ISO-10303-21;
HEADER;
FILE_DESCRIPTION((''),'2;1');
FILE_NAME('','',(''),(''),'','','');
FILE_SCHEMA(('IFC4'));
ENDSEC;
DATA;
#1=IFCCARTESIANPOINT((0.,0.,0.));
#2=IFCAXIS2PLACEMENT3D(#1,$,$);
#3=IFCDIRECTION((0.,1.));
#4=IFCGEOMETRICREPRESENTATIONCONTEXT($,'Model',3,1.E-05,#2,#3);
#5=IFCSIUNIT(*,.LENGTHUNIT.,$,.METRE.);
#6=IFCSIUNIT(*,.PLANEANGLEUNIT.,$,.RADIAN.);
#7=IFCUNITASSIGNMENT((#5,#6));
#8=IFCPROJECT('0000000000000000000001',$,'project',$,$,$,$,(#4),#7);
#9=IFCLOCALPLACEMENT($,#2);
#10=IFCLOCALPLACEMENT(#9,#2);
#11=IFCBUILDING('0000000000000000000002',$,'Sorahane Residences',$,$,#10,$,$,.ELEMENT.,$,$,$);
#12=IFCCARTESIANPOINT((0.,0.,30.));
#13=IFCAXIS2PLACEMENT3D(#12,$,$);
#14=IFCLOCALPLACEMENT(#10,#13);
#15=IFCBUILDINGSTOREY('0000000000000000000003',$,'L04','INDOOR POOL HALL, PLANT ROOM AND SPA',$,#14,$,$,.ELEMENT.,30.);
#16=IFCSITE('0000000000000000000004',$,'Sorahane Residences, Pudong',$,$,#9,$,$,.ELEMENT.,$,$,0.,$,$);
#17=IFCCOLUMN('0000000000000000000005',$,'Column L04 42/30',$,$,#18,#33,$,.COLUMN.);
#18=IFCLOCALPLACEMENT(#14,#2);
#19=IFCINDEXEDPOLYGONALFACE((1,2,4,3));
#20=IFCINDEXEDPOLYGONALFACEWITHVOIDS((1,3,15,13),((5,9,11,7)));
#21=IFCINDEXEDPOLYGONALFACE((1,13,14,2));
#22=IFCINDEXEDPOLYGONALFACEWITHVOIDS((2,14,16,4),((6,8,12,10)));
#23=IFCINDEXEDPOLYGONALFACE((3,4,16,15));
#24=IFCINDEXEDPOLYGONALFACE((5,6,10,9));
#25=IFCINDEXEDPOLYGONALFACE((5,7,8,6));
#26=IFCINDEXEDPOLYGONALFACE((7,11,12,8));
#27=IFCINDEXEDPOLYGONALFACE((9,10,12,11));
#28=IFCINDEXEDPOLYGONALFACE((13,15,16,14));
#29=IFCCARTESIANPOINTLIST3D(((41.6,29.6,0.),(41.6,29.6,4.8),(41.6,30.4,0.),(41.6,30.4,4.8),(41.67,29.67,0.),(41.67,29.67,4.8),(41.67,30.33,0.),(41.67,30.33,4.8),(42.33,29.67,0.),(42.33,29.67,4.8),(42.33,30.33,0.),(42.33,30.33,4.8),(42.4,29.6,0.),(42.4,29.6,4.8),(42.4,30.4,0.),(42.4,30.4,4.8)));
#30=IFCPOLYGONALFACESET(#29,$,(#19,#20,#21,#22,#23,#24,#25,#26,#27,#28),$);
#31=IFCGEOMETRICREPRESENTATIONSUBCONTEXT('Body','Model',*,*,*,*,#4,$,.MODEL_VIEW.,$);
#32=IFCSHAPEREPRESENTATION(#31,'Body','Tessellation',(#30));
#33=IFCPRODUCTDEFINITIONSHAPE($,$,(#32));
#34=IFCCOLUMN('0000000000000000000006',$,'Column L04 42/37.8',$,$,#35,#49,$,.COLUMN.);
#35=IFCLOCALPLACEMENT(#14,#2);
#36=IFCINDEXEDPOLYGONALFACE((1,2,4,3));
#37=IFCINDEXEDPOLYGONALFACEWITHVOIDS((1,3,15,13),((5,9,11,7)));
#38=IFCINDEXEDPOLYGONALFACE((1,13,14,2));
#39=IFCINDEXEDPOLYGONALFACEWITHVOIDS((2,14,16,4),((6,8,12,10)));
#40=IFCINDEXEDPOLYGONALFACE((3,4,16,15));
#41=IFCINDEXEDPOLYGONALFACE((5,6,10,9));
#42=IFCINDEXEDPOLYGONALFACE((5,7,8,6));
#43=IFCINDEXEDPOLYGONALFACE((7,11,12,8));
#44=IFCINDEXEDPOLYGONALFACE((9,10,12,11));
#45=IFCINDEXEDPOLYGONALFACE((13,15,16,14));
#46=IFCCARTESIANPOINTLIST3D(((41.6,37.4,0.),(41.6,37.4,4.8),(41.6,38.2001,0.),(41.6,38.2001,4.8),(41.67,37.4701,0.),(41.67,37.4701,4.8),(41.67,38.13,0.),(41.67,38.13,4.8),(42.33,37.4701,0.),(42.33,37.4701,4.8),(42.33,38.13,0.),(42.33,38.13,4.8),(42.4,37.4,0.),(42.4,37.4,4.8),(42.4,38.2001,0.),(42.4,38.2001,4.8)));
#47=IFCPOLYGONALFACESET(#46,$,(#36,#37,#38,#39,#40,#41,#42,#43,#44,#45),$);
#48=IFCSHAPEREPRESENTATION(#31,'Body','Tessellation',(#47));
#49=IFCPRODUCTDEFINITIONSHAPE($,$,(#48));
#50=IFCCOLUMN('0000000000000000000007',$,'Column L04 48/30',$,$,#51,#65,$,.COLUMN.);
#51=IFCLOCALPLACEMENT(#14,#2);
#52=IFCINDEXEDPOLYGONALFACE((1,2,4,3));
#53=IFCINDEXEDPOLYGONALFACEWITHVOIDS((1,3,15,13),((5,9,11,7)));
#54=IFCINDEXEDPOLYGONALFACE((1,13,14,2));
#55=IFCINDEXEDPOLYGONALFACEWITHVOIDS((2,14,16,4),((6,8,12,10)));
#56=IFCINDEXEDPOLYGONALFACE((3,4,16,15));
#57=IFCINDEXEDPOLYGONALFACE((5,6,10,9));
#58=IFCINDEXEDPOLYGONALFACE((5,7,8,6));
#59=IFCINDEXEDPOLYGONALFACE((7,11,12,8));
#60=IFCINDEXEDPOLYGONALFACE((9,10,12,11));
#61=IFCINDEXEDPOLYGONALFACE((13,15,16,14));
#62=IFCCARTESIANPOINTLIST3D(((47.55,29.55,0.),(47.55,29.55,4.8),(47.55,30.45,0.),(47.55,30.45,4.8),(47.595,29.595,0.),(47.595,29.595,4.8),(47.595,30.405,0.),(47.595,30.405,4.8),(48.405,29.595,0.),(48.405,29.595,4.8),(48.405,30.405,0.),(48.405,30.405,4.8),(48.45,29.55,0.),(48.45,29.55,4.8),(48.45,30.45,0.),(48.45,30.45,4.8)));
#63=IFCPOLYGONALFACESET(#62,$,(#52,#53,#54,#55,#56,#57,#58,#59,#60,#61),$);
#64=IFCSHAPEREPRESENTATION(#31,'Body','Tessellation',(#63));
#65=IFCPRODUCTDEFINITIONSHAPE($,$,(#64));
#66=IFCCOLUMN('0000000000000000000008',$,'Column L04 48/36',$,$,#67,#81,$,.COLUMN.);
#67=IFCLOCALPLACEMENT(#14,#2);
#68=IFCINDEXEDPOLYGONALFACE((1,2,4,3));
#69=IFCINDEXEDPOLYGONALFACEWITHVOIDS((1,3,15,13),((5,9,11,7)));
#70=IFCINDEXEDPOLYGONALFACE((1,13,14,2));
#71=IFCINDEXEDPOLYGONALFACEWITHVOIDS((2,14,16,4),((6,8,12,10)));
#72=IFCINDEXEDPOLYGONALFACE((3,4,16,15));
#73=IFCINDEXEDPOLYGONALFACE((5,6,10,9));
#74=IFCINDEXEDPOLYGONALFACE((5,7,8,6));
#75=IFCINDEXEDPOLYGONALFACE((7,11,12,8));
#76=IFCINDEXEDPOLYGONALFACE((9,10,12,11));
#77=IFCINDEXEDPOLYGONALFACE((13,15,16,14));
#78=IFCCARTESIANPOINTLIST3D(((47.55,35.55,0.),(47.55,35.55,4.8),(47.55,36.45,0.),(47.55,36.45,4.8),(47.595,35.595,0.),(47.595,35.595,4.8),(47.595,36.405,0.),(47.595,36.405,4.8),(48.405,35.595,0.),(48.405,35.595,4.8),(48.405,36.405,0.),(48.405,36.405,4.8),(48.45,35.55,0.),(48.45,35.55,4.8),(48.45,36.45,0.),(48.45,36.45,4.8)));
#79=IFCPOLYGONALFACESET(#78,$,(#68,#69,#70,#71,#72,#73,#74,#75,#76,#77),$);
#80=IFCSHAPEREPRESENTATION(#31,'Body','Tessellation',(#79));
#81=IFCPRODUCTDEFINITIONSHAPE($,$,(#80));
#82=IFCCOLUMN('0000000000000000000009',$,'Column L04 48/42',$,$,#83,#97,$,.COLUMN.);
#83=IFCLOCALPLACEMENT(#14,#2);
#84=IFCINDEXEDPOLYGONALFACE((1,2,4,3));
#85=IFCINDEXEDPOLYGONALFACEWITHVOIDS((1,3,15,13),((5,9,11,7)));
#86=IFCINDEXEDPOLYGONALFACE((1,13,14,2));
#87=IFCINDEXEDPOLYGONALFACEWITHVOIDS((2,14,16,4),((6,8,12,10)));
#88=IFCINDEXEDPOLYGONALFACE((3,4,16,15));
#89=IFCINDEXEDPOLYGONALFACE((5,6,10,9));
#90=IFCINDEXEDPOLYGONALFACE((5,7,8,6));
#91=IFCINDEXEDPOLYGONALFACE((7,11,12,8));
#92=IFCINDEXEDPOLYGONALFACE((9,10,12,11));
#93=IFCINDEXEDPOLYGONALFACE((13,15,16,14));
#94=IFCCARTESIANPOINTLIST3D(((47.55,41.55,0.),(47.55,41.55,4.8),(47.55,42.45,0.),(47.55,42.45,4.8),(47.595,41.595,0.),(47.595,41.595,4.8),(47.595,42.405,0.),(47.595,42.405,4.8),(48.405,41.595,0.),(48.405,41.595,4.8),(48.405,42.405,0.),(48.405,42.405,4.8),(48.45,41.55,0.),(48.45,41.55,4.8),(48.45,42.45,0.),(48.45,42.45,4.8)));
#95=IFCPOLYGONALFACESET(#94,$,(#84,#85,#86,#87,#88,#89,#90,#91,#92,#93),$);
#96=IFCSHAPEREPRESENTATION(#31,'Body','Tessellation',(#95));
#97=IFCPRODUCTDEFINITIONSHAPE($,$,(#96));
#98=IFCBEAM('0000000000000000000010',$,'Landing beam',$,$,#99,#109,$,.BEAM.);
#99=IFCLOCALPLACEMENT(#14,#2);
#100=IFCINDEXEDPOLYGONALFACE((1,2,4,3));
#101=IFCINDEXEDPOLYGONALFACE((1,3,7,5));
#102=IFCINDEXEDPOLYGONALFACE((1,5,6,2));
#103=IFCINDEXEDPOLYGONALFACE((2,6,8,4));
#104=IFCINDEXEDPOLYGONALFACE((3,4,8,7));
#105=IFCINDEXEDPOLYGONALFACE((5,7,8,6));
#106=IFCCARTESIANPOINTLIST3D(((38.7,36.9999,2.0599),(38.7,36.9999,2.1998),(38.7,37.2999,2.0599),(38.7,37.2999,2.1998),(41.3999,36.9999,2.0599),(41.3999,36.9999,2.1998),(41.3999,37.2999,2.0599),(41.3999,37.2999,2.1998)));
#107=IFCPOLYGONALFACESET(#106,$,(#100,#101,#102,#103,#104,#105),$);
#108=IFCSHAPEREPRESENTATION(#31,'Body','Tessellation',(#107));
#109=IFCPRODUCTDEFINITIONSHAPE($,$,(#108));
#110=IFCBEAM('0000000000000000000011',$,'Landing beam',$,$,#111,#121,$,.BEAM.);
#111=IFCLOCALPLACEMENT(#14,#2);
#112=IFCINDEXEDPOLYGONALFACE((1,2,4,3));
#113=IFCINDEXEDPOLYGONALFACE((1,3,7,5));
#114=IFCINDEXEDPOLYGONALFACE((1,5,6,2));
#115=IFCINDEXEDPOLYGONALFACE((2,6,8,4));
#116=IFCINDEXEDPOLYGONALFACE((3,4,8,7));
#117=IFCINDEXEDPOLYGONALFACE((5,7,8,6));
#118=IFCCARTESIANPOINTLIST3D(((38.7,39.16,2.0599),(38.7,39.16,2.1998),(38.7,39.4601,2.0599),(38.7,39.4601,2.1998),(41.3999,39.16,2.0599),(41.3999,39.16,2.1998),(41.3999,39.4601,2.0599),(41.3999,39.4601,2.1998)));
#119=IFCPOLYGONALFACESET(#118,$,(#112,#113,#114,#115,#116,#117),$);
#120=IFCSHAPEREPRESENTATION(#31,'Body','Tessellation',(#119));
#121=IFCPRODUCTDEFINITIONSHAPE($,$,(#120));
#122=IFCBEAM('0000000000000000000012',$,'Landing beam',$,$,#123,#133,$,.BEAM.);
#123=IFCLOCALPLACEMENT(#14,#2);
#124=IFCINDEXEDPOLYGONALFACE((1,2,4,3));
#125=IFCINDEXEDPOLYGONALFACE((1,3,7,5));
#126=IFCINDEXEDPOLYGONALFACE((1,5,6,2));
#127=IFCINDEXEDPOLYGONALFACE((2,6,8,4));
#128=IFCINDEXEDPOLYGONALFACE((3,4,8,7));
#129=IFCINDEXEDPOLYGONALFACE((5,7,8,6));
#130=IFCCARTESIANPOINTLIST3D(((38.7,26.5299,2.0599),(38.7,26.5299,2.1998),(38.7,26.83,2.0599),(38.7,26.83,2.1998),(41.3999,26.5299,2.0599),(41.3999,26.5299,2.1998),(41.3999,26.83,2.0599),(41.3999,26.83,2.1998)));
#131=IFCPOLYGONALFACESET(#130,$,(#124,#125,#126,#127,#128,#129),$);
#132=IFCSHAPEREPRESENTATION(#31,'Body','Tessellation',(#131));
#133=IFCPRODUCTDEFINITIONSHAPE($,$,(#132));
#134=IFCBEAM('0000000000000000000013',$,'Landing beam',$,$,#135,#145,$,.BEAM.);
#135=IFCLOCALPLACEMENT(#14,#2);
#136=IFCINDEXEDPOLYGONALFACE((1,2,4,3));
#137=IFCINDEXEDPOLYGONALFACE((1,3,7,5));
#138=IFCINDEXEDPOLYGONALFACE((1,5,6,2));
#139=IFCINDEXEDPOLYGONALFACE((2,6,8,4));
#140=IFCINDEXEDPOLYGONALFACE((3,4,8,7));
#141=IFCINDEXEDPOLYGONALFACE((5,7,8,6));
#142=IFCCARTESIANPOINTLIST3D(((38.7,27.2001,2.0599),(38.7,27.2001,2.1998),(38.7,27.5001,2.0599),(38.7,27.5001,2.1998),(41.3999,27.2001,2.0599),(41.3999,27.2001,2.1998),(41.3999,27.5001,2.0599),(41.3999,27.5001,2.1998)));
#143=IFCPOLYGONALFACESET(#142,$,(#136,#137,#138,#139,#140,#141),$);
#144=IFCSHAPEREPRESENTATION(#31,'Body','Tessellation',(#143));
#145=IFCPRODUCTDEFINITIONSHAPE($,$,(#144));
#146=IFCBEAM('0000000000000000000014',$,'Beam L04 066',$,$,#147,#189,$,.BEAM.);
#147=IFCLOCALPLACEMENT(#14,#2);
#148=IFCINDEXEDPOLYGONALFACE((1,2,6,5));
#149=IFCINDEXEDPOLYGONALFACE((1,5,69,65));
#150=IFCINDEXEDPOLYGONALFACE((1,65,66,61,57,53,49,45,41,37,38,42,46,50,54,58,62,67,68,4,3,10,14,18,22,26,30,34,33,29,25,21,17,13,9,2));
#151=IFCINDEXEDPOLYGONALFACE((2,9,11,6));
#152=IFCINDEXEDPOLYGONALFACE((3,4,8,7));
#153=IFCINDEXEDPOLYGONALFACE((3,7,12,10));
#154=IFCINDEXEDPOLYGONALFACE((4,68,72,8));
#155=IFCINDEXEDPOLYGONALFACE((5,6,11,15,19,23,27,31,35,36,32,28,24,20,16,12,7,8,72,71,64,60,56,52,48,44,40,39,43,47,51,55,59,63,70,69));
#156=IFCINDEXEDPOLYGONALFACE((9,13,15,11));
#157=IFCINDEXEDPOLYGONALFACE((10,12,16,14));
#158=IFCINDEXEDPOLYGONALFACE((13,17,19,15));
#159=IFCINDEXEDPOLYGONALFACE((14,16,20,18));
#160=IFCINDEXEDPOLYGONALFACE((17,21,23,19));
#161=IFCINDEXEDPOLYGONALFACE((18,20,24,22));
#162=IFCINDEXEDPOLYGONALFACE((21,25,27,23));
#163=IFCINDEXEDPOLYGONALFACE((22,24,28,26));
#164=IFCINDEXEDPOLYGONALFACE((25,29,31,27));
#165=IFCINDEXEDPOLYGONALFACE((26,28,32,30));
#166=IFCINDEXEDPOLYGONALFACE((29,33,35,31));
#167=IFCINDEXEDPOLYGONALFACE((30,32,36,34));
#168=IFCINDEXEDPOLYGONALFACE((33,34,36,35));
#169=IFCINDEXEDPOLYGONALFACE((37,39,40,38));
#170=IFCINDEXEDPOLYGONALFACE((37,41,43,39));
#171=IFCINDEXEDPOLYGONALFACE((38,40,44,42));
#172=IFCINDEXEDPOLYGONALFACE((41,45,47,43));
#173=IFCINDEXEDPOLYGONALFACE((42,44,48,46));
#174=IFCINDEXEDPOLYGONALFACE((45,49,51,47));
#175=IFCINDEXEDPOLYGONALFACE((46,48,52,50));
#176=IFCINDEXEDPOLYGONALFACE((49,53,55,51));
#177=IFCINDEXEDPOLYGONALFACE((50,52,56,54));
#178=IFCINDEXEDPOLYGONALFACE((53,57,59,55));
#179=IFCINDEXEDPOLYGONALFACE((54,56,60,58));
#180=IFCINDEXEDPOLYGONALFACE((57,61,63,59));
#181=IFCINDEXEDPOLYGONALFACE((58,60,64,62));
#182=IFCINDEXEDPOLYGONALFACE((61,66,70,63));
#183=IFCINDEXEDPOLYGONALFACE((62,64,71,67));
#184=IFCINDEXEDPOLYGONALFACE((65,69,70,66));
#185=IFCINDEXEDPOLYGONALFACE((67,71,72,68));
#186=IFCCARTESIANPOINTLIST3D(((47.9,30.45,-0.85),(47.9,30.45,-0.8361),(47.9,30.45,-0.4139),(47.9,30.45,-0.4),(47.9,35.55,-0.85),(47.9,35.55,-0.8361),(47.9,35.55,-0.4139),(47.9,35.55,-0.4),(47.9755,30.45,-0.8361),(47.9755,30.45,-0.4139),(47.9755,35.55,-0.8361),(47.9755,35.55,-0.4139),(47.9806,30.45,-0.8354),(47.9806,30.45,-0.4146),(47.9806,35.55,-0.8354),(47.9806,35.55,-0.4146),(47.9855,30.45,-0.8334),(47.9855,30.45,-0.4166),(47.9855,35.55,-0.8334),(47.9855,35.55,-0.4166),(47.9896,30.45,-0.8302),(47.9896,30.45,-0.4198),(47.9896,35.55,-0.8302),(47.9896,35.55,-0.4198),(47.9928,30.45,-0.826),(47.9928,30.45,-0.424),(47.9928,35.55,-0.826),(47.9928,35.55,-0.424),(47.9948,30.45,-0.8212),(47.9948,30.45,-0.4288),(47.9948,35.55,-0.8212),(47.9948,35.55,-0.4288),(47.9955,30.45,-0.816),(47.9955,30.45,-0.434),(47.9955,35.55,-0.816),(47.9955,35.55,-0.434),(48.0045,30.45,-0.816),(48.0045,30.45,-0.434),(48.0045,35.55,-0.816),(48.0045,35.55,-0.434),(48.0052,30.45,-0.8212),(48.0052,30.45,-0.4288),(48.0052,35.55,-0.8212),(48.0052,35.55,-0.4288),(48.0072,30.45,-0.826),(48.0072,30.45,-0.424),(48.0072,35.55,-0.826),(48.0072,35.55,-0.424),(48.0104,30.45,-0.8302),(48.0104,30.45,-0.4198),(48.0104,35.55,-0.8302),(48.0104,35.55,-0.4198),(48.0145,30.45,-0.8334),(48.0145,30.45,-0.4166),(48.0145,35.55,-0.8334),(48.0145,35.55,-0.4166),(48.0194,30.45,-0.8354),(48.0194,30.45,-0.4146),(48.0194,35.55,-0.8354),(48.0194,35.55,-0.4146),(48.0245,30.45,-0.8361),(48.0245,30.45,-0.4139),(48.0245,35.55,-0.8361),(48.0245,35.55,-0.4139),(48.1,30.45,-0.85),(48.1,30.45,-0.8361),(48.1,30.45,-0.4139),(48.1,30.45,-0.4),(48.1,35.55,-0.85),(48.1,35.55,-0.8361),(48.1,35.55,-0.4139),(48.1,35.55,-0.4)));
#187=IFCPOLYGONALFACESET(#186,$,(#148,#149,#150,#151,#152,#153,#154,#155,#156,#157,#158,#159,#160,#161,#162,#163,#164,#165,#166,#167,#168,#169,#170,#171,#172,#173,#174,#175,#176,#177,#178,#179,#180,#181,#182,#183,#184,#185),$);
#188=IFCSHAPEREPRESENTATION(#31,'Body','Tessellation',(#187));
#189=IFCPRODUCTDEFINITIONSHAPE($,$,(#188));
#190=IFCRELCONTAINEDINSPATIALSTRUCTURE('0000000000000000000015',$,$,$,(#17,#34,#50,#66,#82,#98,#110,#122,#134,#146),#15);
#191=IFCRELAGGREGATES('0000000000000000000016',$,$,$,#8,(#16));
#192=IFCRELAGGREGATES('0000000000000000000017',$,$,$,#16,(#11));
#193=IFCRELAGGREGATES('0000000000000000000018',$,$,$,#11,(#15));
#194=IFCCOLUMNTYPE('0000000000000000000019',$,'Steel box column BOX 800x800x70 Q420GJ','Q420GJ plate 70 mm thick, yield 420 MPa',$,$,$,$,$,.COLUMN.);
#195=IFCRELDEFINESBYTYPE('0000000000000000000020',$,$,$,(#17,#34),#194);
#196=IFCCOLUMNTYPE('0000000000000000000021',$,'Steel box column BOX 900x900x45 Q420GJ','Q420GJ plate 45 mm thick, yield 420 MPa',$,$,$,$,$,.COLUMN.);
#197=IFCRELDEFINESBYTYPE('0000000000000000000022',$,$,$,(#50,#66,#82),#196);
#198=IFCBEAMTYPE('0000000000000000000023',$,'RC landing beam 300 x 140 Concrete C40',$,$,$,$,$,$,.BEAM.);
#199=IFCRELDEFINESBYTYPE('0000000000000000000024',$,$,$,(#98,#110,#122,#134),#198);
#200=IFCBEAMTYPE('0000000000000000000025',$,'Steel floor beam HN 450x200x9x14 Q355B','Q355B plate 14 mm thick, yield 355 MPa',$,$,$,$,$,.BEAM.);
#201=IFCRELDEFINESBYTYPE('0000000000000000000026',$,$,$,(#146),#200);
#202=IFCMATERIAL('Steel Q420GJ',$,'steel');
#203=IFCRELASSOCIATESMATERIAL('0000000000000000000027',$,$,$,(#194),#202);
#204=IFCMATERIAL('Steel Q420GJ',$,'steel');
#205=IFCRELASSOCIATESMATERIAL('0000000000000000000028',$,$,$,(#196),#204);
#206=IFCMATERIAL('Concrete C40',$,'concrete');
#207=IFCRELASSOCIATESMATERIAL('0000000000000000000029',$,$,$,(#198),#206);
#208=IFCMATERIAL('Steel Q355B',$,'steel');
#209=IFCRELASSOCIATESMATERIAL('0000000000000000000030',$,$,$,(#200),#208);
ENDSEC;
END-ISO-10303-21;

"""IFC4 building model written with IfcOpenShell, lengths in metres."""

from ifc_helpers import new_model, si_unit, direction, frame, origin, origin_2d, place, context, subcontext, project, spatial, rectangle, hollow_rectangle, i_section, extrude, material, material_profile, profile_set, type_object, element, save


model = new_model("IFC4")

# Units and contexts
model_context = context("Model", 3, precision=1e-05, world=origin(), true_north=direction((0.0, 1.0)))
body_context = subcontext(model_context, "Body", "Model", "MODEL_VIEW")
ifc_project = project(units=[si_unit("LENGTHUNIT", "METRE"), si_unit("PLANEANGLEUNIT", "RADIAN")], contexts=[model_context])

# Site, building, storey
site_placement = place(None, origin())
site = spatial("IfcSite", under=ifc_project, at=site_placement, Name="Sorahane Residences, Pudong", CompositionType="ELEMENT", RefElevation=0.0)
building_placement = place(site_placement, origin())
building = spatial("IfcBuilding", under=site, at=building_placement, Name="Sorahane Residences", CompositionType="ELEMENT")
storey_placement = place(building_placement, frame((0.0, 0.0, 30.0)))
storey = spatial("IfcBuildingStorey", under=building, at=storey_placement, Name="L04", Description="INDOOR POOL HALL, PLANT ROOM AND SPA", CompositionType="ELEMENT", Elevation=30.0)

# Columns
ifc_material_1 = material(Name="Steel Q420GJ", Category="steel")
ifc_material_profile_1 = material_profile(ifc_material_1, hollow_rectangle(XDim=0.8, YDim=0.8, WallThickness=0.0701, at=origin_2d()), Name="BOX 800x800x70")
ifc_profile_set_1 = profile_set([ifc_material_profile_1], Name="Steel Q420GJ")
column_type_1 = type_object("IfcColumnType", Name="Steel box column BOX 800x800x70 Q420GJ", Description="Q420GJ plate 70 mm thick, yield 420 MPa", PredefinedType="COLUMN", material=ifc_profile_set_1)
for number, where, z_axis, x_axis, name in (
    (1, (42.0, 30.0, 0.0), (0.0, 0.0, 1.0), (1.0, 0.0, 0.0), "Column L04 42/30"),
    (2, (42.0, 37.8, 0.0), (0.0, 0.0, 1.0), (1.0, 0.0, 0.0), "Column L04 42/37.8"),
):
    element("IfcColumn", number, at=place(storey_placement, frame(where, z_axis=z_axis, x_axis=x_axis)), inside=storey, type_object=column_type_1, Name=name, PredefinedType="COLUMN", context=body_context, shape_type="SweptSolid", body=[
        extrude(hollow_rectangle(XDim=0.8, YDim=0.8, WallThickness=0.0701, at=origin_2d()), origin(), (0.0, 0.0, 1.0), 4.8),
    ])
ifc_material_2 = material(Name="Steel Q420GJ", Category="steel")
ifc_material_profile_2 = material_profile(ifc_material_2, hollow_rectangle(XDim=0.8999, YDim=0.8999, WallThickness=0.0449, at=origin_2d()), Name="BOX 900x900x45")
ifc_profile_set_2 = profile_set([ifc_material_profile_2], Name="Steel Q420GJ")
column_type_2 = type_object("IfcColumnType", Name="Steel box column BOX 900x900x45 Q420GJ", Description="Q420GJ plate 45 mm thick, yield 420 MPa", PredefinedType="COLUMN", material=ifc_profile_set_2)
for number, where, z_axis, x_axis, name in (
    (3, (48.0, 30.0, 0.0), (0.0, 0.0, 1.0), (1.0, 0.0, 0.0), "Column L04 48/30"),
    (4, (48.0, 36.0, 0.0), (0.0, 0.0, 1.0), (1.0, 0.0, 0.0), "Column L04 48/36"),
    (5, (48.0, 42.0, 0.0), (0.0, 0.0, 1.0), (1.0, 0.0, 0.0), "Column L04 48/42"),
):
    element("IfcColumn", number, at=place(storey_placement, frame(where, z_axis=z_axis, x_axis=x_axis)), inside=storey, type_object=column_type_2, Name=name, PredefinedType="COLUMN", context=body_context, shape_type="SweptSolid", body=[
        extrude(hollow_rectangle(XDim=0.8999, YDim=0.8999, WallThickness=0.0449, at=origin_2d()), origin(), (0.0, 0.0, 1.0), 4.8),
    ])

# Beams
ifc_material_3 = material(Name="Concrete C40", Category="concrete")
ifc_material_profile_3 = material_profile(ifc_material_3, rectangle(XDim=0.3, YDim=0.1399, at=origin_2d()), Name="300x140")
ifc_profile_set_3 = profile_set([ifc_material_profile_3], Name="Concrete C40")
beam_type_1 = type_object("IfcBeamType", Name="RC landing beam 300 x 140 Concrete C40", PredefinedType="BEAM", material=ifc_profile_set_3)
for number, where, z_axis, x_axis, name in (
    (6, (38.7, 37.1499, 2.1299), (1.0, 0.0, 0.0), (0.0, 1.0, 0.0), "Landing beam"),
    (7, (38.7, 39.3101, 2.1299), (1.0, 0.0, 0.0), (0.0, 1.0, 0.0), "Landing beam"),
    (8, (38.7, 26.6799, 2.1299), (1.0, 0.0, 0.0), (0.0, 1.0, 0.0), "Landing beam"),
    (9, (38.7, 27.3501, 2.1299), (1.0, 0.0, 0.0), (0.0, 1.0, 0.0), "Landing beam"),
):
    element("IfcBeam", number, at=place(storey_placement, frame(where, z_axis=z_axis, x_axis=x_axis)), inside=storey, type_object=beam_type_1, Name=name, PredefinedType="BEAM", context=body_context, shape_type="SweptSolid", body=[
        extrude(rectangle(XDim=0.3, YDim=0.1399, at=origin_2d()), origin(), (0.0, 0.0, 1.0), 2.7),
    ])
ifc_material_4 = material(Name="Steel Q355B", Category="steel")
ifc_material_profile_4 = material_profile(ifc_material_4, i_section(OverallWidth=0.2, OverallDepth=0.45, WebThickness=0.009, FlangeThickness=0.0139, FilletRadius=0.02, at=origin_2d()), Name="HN 450x200x9x14")
ifc_profile_set_4 = profile_set([ifc_material_profile_4], Name="Steel Q355B")
beam_type_2 = type_object("IfcBeamType", Name="Steel floor beam HN 450x200x9x14 Q355B", Description="Q355B plate 14 mm thick, yield 355 MPa", PredefinedType="BEAM", material=ifc_profile_set_4)
for number, where, z_axis, x_axis, name in (
    (10, (48.0, 30.45, -0.625), (0.0, 1.0, 0.0), (-1.0, 0.0, 0.0), "Beam L04 066"),
):
    element("IfcBeam", number, at=place(storey_placement, frame(where, z_axis=z_axis, x_axis=x_axis)), inside=storey, type_object=beam_type_2, Name=name, PredefinedType="BEAM", context=body_context, shape_type="SweptSolid", body=[
        extrude(i_section(OverallWidth=0.2, OverallDepth=0.45, WebThickness=0.009, FlangeThickness=0.0139, FilletRadius=0.02, at=origin_2d()), origin(), (0.0, 0.0, 1.0), 5.1001),
    ])

save(model, "model.ifc")
